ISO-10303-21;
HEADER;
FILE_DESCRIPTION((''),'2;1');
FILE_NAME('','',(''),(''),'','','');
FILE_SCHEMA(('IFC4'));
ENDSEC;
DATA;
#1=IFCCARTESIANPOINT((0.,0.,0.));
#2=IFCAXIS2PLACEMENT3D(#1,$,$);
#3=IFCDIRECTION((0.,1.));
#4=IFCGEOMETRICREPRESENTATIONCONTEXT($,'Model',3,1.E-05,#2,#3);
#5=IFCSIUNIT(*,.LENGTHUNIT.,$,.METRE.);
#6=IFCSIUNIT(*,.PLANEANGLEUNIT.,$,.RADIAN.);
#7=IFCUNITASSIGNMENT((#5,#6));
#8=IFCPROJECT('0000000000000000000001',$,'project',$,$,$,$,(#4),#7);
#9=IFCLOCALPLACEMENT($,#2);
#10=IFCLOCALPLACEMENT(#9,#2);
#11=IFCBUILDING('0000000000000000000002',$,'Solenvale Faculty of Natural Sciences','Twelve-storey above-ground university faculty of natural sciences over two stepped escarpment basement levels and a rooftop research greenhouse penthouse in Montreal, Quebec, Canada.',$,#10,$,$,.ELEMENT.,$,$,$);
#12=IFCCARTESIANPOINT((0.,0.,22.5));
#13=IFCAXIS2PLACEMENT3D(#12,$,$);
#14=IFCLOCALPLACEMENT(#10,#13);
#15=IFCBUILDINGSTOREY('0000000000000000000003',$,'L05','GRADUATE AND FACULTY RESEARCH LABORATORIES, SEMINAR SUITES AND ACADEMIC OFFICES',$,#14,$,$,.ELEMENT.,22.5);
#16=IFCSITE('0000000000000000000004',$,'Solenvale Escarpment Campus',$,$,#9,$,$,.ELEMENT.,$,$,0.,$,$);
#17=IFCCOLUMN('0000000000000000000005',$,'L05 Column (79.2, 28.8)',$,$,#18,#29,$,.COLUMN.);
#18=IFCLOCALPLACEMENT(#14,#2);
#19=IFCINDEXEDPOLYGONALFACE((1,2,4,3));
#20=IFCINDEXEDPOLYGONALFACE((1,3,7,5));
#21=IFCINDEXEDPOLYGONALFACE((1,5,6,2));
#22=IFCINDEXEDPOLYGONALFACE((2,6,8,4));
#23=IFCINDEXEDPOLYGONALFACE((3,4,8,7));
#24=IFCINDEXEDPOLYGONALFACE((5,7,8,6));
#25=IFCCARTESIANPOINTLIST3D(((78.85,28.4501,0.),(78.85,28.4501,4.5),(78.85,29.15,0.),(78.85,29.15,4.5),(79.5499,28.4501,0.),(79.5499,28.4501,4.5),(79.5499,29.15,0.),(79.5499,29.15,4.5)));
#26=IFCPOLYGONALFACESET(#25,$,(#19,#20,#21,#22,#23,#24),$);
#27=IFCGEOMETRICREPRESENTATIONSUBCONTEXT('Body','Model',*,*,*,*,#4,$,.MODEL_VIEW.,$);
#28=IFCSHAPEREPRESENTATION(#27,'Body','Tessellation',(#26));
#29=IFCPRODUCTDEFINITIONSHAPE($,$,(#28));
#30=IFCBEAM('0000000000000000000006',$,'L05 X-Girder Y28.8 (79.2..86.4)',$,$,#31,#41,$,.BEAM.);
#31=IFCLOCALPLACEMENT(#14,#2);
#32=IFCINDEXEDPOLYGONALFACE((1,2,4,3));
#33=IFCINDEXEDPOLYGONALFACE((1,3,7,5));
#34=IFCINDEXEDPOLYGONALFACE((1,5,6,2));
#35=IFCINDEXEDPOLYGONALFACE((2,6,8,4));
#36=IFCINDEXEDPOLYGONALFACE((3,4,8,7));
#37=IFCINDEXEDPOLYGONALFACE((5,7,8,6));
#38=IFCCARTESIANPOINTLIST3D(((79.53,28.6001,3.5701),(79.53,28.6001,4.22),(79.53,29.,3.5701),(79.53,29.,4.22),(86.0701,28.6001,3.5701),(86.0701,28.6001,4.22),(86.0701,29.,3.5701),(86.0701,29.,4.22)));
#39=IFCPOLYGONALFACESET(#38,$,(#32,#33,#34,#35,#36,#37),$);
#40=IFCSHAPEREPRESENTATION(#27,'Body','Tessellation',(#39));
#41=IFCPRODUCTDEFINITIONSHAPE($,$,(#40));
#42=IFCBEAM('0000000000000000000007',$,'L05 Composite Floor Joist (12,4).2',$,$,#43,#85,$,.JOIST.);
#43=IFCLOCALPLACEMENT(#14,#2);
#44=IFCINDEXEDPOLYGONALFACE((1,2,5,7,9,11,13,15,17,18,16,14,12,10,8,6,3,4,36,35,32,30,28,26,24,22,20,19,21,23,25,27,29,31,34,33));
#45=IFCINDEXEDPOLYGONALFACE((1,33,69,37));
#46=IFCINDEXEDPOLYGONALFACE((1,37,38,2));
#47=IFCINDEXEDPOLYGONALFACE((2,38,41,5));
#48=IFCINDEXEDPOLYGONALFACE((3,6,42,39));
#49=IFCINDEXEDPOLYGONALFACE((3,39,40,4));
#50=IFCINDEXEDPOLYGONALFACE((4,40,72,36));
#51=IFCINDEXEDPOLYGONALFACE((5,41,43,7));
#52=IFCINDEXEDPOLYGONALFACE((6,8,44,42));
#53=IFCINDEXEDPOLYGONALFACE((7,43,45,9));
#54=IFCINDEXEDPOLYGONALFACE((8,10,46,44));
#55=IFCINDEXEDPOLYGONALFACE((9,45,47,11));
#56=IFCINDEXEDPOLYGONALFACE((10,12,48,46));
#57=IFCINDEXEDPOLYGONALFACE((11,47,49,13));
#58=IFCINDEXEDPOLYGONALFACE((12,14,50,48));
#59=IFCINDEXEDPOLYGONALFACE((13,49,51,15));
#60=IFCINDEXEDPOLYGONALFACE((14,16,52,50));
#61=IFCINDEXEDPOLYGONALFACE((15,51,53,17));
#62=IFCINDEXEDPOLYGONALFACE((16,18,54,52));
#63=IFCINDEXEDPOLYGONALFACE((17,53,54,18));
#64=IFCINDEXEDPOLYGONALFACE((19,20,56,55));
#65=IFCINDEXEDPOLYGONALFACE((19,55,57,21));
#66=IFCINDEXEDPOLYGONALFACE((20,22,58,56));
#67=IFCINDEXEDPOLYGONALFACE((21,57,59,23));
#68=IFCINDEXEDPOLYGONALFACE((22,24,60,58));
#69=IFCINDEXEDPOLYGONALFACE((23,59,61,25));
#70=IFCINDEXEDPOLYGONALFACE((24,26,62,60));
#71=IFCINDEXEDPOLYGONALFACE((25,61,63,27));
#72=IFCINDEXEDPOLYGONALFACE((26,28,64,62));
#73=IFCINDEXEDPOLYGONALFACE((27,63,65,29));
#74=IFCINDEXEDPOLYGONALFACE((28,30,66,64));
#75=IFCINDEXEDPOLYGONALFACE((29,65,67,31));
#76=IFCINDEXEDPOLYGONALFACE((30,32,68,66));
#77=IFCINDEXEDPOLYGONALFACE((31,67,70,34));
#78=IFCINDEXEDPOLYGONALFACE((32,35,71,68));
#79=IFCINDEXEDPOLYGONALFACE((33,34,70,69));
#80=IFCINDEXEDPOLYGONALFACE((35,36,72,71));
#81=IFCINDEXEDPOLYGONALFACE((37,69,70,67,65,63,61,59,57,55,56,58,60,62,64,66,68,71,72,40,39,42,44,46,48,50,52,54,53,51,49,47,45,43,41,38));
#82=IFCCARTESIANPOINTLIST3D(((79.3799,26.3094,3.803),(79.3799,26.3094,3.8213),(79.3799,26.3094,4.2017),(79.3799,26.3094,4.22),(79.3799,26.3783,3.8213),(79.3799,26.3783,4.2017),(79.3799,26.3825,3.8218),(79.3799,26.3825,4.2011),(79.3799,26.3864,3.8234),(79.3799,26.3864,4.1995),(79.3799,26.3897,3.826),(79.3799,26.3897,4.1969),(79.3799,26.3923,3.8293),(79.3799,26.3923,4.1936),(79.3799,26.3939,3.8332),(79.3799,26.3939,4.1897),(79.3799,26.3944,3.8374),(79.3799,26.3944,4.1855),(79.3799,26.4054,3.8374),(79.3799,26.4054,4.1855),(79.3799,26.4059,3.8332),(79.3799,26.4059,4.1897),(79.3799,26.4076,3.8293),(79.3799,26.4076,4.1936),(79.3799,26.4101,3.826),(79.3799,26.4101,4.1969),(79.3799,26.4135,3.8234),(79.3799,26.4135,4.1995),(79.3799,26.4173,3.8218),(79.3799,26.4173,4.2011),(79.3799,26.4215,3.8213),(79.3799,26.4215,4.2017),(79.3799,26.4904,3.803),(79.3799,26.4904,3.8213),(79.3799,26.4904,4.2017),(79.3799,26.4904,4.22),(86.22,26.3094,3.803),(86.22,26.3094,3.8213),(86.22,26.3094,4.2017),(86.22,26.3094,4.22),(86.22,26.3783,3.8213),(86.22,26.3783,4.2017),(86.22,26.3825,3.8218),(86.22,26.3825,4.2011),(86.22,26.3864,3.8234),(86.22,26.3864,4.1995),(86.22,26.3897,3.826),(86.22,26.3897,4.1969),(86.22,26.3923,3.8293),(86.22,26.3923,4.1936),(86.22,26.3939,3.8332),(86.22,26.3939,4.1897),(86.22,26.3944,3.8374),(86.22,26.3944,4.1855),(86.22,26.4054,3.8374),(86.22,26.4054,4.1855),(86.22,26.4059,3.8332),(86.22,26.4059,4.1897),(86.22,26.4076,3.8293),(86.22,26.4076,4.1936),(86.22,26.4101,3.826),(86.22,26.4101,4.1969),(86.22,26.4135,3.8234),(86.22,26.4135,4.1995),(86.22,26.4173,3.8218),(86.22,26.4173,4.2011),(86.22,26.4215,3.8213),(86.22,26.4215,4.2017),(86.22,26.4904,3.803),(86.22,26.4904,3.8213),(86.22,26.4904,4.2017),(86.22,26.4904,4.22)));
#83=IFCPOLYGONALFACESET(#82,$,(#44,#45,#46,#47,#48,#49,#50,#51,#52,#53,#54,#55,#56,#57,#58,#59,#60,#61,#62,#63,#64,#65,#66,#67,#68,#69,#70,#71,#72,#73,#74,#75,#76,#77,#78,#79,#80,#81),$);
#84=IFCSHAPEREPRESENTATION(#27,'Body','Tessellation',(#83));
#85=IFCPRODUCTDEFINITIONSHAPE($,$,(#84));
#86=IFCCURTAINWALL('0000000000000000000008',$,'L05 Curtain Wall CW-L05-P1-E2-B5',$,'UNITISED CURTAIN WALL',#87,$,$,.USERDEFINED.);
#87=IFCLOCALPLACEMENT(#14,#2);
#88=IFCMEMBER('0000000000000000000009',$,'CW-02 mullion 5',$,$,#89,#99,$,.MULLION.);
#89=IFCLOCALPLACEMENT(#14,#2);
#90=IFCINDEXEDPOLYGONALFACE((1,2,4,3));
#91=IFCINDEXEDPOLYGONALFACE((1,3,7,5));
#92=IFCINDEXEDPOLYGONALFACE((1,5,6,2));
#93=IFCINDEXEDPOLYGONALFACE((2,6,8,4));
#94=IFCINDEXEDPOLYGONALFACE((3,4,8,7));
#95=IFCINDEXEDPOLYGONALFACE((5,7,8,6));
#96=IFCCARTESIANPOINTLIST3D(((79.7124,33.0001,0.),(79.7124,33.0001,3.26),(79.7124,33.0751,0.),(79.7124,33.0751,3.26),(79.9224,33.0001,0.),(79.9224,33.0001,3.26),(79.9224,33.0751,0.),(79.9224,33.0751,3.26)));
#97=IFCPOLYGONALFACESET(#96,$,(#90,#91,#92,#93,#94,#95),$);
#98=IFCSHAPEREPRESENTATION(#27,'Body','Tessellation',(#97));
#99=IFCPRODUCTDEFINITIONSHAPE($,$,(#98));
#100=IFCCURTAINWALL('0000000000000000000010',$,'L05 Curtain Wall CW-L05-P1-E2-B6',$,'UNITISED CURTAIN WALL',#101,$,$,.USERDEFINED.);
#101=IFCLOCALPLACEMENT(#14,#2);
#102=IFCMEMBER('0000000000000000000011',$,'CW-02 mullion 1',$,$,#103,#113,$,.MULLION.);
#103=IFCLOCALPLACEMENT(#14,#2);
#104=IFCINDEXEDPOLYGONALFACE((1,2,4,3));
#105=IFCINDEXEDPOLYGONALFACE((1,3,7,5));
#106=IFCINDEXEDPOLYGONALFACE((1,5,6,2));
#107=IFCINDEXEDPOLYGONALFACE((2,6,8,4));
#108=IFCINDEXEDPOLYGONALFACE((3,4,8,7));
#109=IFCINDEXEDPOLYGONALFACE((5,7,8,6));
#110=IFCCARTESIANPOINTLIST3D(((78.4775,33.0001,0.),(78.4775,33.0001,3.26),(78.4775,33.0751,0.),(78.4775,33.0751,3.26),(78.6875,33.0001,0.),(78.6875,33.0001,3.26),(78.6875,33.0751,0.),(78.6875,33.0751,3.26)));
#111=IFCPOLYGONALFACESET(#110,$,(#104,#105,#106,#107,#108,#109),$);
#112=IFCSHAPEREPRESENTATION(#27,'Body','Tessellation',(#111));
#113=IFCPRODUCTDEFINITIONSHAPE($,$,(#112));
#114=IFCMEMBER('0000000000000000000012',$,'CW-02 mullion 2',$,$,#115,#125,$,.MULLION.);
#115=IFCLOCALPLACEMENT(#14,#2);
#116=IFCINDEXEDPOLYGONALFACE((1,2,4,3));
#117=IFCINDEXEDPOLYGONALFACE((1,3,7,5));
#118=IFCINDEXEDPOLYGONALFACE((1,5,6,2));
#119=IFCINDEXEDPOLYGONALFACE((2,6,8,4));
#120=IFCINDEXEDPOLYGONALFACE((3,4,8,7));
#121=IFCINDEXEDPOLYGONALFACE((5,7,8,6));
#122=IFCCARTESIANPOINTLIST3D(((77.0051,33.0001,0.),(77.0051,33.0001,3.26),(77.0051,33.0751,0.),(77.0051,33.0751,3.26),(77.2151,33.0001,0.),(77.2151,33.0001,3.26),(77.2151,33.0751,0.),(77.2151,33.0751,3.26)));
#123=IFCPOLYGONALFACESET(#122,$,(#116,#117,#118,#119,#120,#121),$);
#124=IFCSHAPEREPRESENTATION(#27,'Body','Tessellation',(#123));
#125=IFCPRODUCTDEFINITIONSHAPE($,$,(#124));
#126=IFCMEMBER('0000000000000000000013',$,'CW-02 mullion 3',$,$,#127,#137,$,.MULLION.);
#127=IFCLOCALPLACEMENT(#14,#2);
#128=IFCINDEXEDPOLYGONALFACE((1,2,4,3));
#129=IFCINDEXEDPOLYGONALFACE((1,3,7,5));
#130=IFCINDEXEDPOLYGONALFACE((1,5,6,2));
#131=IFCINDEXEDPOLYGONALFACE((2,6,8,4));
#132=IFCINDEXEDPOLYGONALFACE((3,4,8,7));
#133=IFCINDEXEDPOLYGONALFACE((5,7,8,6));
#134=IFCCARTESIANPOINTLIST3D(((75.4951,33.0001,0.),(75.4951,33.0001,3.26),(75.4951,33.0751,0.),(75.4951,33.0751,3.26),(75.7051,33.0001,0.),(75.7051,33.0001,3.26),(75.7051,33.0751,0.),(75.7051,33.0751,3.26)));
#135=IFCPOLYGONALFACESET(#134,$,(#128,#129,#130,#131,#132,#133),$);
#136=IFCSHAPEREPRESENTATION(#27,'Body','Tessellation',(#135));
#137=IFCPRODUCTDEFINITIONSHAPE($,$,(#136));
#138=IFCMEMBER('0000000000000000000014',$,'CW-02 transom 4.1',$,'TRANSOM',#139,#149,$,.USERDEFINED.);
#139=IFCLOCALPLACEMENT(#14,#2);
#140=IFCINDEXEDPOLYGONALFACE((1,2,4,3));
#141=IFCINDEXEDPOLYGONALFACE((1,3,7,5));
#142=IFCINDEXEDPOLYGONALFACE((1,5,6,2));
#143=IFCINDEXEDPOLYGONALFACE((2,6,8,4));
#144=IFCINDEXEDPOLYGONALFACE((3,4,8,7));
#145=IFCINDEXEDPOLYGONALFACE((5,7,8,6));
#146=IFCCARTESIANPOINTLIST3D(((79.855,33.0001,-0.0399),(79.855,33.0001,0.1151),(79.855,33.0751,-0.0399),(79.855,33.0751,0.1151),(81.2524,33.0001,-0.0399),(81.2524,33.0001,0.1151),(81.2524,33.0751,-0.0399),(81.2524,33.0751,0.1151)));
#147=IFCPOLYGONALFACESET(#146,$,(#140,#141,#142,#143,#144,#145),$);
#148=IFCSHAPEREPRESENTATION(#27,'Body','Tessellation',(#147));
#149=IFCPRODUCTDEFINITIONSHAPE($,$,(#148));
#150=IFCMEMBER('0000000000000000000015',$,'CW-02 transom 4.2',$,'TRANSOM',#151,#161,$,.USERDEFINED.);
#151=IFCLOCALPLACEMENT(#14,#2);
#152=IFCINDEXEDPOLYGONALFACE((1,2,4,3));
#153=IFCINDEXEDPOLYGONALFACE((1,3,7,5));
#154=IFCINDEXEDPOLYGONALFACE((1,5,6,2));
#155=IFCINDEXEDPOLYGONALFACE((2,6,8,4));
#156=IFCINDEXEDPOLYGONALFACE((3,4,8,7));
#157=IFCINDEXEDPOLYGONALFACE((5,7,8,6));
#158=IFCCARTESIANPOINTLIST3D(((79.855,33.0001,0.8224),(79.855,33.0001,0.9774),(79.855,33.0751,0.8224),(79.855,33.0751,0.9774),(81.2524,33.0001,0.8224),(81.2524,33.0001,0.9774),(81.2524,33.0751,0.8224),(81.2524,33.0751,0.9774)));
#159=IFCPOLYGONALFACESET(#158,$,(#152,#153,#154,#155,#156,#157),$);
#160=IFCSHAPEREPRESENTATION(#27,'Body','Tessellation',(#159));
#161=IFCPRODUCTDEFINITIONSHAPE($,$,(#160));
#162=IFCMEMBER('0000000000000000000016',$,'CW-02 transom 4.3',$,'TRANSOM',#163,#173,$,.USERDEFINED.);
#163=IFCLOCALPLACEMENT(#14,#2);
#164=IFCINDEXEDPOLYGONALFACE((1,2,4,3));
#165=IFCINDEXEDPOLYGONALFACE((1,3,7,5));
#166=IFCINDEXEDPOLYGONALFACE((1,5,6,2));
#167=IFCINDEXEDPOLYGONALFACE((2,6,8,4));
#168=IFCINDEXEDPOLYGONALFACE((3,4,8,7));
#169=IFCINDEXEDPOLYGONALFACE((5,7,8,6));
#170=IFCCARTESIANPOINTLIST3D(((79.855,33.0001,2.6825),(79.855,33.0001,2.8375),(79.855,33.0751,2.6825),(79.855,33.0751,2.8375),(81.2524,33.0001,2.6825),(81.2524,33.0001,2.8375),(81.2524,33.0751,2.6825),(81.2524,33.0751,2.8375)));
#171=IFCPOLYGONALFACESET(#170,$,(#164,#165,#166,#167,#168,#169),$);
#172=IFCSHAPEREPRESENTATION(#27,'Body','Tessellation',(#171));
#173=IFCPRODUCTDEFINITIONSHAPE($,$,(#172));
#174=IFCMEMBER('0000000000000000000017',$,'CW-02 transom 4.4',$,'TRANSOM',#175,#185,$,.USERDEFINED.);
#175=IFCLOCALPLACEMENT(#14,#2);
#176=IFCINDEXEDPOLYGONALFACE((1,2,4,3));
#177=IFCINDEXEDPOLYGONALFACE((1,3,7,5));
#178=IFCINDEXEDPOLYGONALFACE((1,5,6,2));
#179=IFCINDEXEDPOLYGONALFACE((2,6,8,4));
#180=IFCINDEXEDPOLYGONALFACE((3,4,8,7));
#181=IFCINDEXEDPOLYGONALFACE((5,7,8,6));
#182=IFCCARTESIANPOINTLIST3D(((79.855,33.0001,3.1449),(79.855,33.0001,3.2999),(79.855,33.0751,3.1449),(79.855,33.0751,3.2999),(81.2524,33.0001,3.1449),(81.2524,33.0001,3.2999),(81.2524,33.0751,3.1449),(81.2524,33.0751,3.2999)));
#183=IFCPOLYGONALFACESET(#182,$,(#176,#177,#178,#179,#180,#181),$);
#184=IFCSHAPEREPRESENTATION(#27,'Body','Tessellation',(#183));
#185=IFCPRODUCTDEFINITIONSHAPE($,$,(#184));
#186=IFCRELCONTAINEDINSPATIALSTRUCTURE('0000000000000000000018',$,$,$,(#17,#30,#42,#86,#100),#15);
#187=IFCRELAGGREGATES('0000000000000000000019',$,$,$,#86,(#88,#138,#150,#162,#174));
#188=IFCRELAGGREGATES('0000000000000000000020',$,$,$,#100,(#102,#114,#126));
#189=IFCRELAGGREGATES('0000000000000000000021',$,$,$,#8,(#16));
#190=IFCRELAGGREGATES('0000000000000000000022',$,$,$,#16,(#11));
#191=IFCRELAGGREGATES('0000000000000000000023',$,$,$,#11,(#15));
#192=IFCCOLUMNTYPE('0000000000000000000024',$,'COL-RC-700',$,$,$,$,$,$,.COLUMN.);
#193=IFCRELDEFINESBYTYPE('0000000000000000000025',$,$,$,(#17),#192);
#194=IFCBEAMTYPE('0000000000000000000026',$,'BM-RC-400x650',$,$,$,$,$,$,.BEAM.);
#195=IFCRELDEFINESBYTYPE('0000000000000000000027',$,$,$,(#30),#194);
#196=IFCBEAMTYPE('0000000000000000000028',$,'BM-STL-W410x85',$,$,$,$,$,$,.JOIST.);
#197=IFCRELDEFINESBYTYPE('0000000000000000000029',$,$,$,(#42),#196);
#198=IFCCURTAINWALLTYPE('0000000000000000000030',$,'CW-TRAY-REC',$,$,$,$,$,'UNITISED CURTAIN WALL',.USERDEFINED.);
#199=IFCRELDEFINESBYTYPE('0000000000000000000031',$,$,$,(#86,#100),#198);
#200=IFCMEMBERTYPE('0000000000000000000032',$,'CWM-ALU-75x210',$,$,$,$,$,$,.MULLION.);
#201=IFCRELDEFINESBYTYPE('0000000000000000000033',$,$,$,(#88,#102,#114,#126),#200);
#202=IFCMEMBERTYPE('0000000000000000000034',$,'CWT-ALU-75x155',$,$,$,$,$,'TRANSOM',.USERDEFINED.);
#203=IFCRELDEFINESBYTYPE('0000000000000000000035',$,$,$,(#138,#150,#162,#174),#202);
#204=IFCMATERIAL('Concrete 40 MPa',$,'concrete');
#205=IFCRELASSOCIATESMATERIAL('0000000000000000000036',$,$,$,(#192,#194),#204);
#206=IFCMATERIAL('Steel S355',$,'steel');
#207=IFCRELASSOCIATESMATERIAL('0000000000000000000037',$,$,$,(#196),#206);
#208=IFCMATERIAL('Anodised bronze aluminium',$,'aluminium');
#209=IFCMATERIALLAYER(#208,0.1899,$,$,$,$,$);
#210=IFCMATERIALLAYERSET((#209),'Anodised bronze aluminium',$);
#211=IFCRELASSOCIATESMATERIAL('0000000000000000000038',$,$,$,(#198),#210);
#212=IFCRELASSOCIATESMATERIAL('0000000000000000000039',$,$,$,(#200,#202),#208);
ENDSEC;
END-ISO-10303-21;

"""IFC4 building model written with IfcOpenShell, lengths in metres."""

from ifc_helpers import new_model, si_unit, direction, frame, origin, origin_2d, place, context, subcontext, project, spatial, rectangle, i_section, extrude, material, layer, layer_set, material_profile, profile_set, type_object, element, aggregate, save


model = new_model("IFC4")

# Units and contexts
model_context = context("Model", 3, precision=1e-05, world=origin(), true_north=direction((0.0, 1.0)))
body_context = subcontext(model_context, "Body", "Model", "MODEL_VIEW")
ifc_project = project(units=[si_unit("LENGTHUNIT", "METRE"), si_unit("PLANEANGLEUNIT", "RADIAN")], contexts=[model_context])

# Site, building, storey
site_placement = place(None, origin())
site = spatial("IfcSite", under=ifc_project, at=site_placement, Name="Solenvale Escarpment Campus", CompositionType="ELEMENT", RefElevation=0.0)
building_placement = place(site_placement, origin())
building = spatial("IfcBuilding", under=site, at=building_placement, Name="Solenvale Faculty of Natural Sciences", Description="Twelve-storey above-ground university faculty of natural sciences over two stepped escarpment basement levels and a rooftop research greenhouse penthouse in Montreal, Quebec, Canada.", CompositionType="ELEMENT")
storey_placement = place(building_placement, frame((0.0, 0.0, 22.5)))
storey = spatial("IfcBuildingStorey", under=building, at=storey_placement, Name="L05", Description="GRADUATE AND FACULTY RESEARCH LABORATORIES, SEMINAR SUITES AND ACADEMIC OFFICES", CompositionType="ELEMENT", Elevation=22.5)

# Column
ifc_material_1 = material(Name="Concrete 40 MPa", Category="concrete")
ifc_material_profile_1 = material_profile(ifc_material_1, rectangle(XDim=0.7, YDim=0.7, at=origin_2d()), Name="RC-COL-700x700")
ifc_profile_set_1 = profile_set([ifc_material_profile_1], Name="Concrete 40 MPa")
column_type = type_object("IfcColumnType", Name="COL-RC-700", PredefinedType="COLUMN", material=ifc_profile_set_1)
column_placement = place(storey_placement, frame((79.2, 28.8, 0.0), z_axis=(0.0, 0.0, 1.0), x_axis=(1.0, 0.0, 0.0)))
element("IfcColumn", 1, at=column_placement, inside=storey, type_object=column_type, Name="L05 Column (79.2, 28.8)", PredefinedType="COLUMN", context=body_context, shape_type="SweptSolid", body=[
    extrude(rectangle(XDim=0.7, YDim=0.7, at=origin_2d()), origin(), (0.0, 0.0, 1.0), 4.5),
])

# Beams
ifc_material_profile_2 = material_profile(ifc_material_1, rectangle(XDim=0.3999, YDim=0.6499, at=origin_2d()), Name="RC-BM-400x650")
ifc_profile_set_2 = profile_set([ifc_material_profile_2], Name="Concrete 40 MPa")
beam_type_1 = type_object("IfcBeamType", Name="BM-RC-400x650", PredefinedType="BEAM", material=ifc_profile_set_2)
beam_1_placement = place(storey_placement, frame((79.53, 28.8, 3.895), z_axis=(1.0, 0.0, 0.0), x_axis=(0.0, 1.0, 0.0)))
element("IfcBeam", 2, at=beam_1_placement, inside=storey, type_object=beam_type_1, Name="L05 X-Girder Y28.8 (79.2..86.4)", PredefinedType="BEAM", context=body_context, shape_type="SweptSolid", body=[
    extrude(rectangle(XDim=0.3999, YDim=0.6499, at=origin_2d()), origin(), (0.0, 0.0, 1.0), 6.54),
])
ifc_material_2 = material(Name="Steel S355", Category="steel")
ifc_material_profile_3 = material_profile(ifc_material_2, i_section(OverallWidth=0.1809, OverallDepth=0.417, WebThickness=0.011, FlangeThickness=0.0183, FilletRadius=0.0161, at=origin_2d()), Name="W410x85")
ifc_profile_set_3 = profile_set([ifc_material_profile_3], Name="Steel S355")
beam_type_2 = type_object("IfcBeamType", Name="BM-STL-W410x85", PredefinedType="JOIST", material=ifc_profile_set_3)
beam_2_placement = place(storey_placement, frame((79.3799, 26.3999, 4.0115), z_axis=(1.0, 0.0, 0.0), x_axis=(0.0, 1.0, 0.0)))
element("IfcBeam", 3, at=beam_2_placement, inside=storey, type_object=beam_type_2, Name="L05 Composite Floor Joist (12,4).2", PredefinedType="JOIST", context=body_context, shape_type="SweptSolid", body=[
    extrude(i_section(OverallWidth=0.1809, OverallDepth=0.417, WebThickness=0.011, FlangeThickness=0.0183, FilletRadius=0.0161, at=origin_2d()), origin(), (0.0, 0.0, 1.0), 6.8401),
])

# Curtain wall, member
ifc_material_3 = material(Name="Anodised bronze aluminium", Category="aluminium")
ifc_layer_1 = layer(ifc_material_3, 0.1899)
ifc_layer_set_1 = layer_set([ifc_layer_1], Name="Anodised bronze aluminium")
curtain_wall_type = type_object("IfcCurtainWallType", Name="CW-TRAY-REC", ElementType="UNITISED CURTAIN WALL", PredefinedType="USERDEFINED", material=ifc_layer_set_1)
curtain_wall_1_placement = place(storey_placement, origin())
curtain_wall_1 = element("IfcCurtainWall", 4, at=curtain_wall_1_placement, inside=storey, type_object=curtain_wall_type, Name="L05 Curtain Wall CW-L05-P1-E2-B5", ObjectType="UNITISED CURTAIN WALL", PredefinedType="USERDEFINED")
ifc_material_profile_4 = material_profile(ifc_material_3, rectangle(XDim=0.075, YDim=0.21, at=origin_2d()), Name="ALU-MUL-75x210")
ifc_profile_set_4 = profile_set([ifc_material_profile_4], Name="Anodised bronze aluminium")
member_type_1 = type_object("IfcMemberType", Name="CWM-ALU-75x210", PredefinedType="MULLION", material=ifc_profile_set_4)
member_1_placement = place(storey_placement, frame((79.8174, 33.0376, 0.0), z_axis=(0.0, 0.0, 1.0), x_axis=(0.0, -1.0, 0.0)))
member_1 = element("IfcMember", 5, at=member_1_placement, type_object=member_type_1, Name="CW-02 mullion 5", PredefinedType="MULLION", context=body_context, shape_type="SweptSolid", body=[
    extrude(rectangle(XDim=0.075, YDim=0.21, at=origin_2d()), origin(), (0.0, 0.0, 1.0), 3.26),
])

# Curtain wall, members
curtain_wall_2_placement = place(storey_placement, origin())
curtain_wall_2 = element("IfcCurtainWall", 6, at=curtain_wall_2_placement, inside=storey, type_object=curtain_wall_type, Name="L05 Curtain Wall CW-L05-P1-E2-B6", ObjectType="UNITISED CURTAIN WALL", PredefinedType="USERDEFINED")
member_2_placement = place(storey_placement, frame((78.5825, 33.0376, 0.0), z_axis=(0.0, 0.0, 1.0), x_axis=(0.0, -1.0, 0.0)))
member_2 = element("IfcMember", 7, at=member_2_placement, type_object=member_type_1, Name="CW-02 mullion 1", PredefinedType="MULLION", context=body_context, shape_type="SweptSolid", body=[
    extrude(rectangle(XDim=0.075, YDim=0.21, at=origin_2d()), origin(), (0.0, 0.0, 1.0), 3.26),
])
member_3_placement = place(storey_placement, frame((77.1101, 33.0376, 0.0), z_axis=(0.0, 0.0, 1.0), x_axis=(0.0, -1.0, 0.0)))
member_3 = element("IfcMember", 8, at=member_3_placement, type_object=member_type_1, Name="CW-02 mullion 2", PredefinedType="MULLION", context=body_context, shape_type="SweptSolid", body=[
    extrude(rectangle(XDim=0.075, YDim=0.21, at=origin_2d()), origin(), (0.0, 0.0, 1.0), 3.26),
])
member_4_placement = place(storey_placement, frame((75.6001, 33.0376, 0.0), z_axis=(0.0, 0.0, 1.0), x_axis=(0.0, -1.0, 0.0)))
member_4 = element("IfcMember", 9, at=member_4_placement, type_object=member_type_1, Name="CW-02 mullion 3", PredefinedType="MULLION", context=body_context, shape_type="SweptSolid", body=[
    extrude(rectangle(XDim=0.075, YDim=0.21, at=origin_2d()), origin(), (0.0, 0.0, 1.0), 3.26),
])

# Members
ifc_material_profile_5 = material_profile(ifc_material_3, rectangle(XDim=0.075, YDim=0.155, at=origin_2d()), Name="ALU-TRN-75x155")
ifc_profile_set_5 = profile_set([ifc_material_profile_5], Name="Anodised bronze aluminium")
member_type_2 = type_object("IfcMemberType", Name="CWT-ALU-75x155", ElementType="TRANSOM", PredefinedType="USERDEFINED", material=ifc_profile_set_5)
member_5_placement = place(storey_placement, frame((81.2524, 33.0376, 0.0376), z_axis=(-1.0, 0.0, 0.0), x_axis=(0.0, -1.0, 0.0)))
member_5 = element("IfcMember", 10, at=member_5_placement, type_object=member_type_2, Name="CW-02 transom 4.1", ObjectType="TRANSOM", PredefinedType="USERDEFINED", context=body_context, shape_type="SweptSolid", body=[
    extrude(rectangle(XDim=0.075, YDim=0.155, at=origin_2d()), origin(), (0.0, 0.0, 1.0), 1.3975),
])
member_6_placement = place(storey_placement, frame((81.2524, 33.0376, 0.8999), z_axis=(-1.0, 0.0, 0.0), x_axis=(0.0, -1.0, 0.0)))
member_6 = element("IfcMember", 11, at=member_6_placement, type_object=member_type_2, Name="CW-02 transom 4.2", ObjectType="TRANSOM", PredefinedType="USERDEFINED", context=body_context, shape_type="SweptSolid", body=[
    extrude(rectangle(XDim=0.075, YDim=0.155, at=origin_2d()), origin(), (0.0, 0.0, 1.0), 1.3975),
])
member_7_placement = place(storey_placement, frame((81.2524, 33.0376, 2.76), z_axis=(-1.0, 0.0, 0.0), x_axis=(0.0, -1.0, 0.0)))
member_7 = element("IfcMember", 12, at=member_7_placement, type_object=member_type_2, Name="CW-02 transom 4.3", ObjectType="TRANSOM", PredefinedType="USERDEFINED", context=body_context, shape_type="SweptSolid", body=[
    extrude(rectangle(XDim=0.075, YDim=0.155, at=origin_2d()), origin(), (0.0, 0.0, 1.0), 1.3975),
])
member_8_placement = place(storey_placement, frame((81.2524, 33.0376, 3.2224), z_axis=(-1.0, 0.0, 0.0), x_axis=(0.0, -1.0, 0.0)))
member_8 = element("IfcMember", 13, at=member_8_placement, type_object=member_type_2, Name="CW-02 transom 4.4", ObjectType="TRANSOM", PredefinedType="USERDEFINED", context=body_context, shape_type="SweptSolid", body=[
    extrude(rectangle(XDim=0.075, YDim=0.155, at=origin_2d()), origin(), (0.0, 0.0, 1.0), 1.3975),
])

aggregate(curtain_wall_1, [member_1, member_5, member_6, member_7, member_8])
aggregate(curtain_wall_2, [member_2, member_3, member_4])

save(model, "model.ifc")
